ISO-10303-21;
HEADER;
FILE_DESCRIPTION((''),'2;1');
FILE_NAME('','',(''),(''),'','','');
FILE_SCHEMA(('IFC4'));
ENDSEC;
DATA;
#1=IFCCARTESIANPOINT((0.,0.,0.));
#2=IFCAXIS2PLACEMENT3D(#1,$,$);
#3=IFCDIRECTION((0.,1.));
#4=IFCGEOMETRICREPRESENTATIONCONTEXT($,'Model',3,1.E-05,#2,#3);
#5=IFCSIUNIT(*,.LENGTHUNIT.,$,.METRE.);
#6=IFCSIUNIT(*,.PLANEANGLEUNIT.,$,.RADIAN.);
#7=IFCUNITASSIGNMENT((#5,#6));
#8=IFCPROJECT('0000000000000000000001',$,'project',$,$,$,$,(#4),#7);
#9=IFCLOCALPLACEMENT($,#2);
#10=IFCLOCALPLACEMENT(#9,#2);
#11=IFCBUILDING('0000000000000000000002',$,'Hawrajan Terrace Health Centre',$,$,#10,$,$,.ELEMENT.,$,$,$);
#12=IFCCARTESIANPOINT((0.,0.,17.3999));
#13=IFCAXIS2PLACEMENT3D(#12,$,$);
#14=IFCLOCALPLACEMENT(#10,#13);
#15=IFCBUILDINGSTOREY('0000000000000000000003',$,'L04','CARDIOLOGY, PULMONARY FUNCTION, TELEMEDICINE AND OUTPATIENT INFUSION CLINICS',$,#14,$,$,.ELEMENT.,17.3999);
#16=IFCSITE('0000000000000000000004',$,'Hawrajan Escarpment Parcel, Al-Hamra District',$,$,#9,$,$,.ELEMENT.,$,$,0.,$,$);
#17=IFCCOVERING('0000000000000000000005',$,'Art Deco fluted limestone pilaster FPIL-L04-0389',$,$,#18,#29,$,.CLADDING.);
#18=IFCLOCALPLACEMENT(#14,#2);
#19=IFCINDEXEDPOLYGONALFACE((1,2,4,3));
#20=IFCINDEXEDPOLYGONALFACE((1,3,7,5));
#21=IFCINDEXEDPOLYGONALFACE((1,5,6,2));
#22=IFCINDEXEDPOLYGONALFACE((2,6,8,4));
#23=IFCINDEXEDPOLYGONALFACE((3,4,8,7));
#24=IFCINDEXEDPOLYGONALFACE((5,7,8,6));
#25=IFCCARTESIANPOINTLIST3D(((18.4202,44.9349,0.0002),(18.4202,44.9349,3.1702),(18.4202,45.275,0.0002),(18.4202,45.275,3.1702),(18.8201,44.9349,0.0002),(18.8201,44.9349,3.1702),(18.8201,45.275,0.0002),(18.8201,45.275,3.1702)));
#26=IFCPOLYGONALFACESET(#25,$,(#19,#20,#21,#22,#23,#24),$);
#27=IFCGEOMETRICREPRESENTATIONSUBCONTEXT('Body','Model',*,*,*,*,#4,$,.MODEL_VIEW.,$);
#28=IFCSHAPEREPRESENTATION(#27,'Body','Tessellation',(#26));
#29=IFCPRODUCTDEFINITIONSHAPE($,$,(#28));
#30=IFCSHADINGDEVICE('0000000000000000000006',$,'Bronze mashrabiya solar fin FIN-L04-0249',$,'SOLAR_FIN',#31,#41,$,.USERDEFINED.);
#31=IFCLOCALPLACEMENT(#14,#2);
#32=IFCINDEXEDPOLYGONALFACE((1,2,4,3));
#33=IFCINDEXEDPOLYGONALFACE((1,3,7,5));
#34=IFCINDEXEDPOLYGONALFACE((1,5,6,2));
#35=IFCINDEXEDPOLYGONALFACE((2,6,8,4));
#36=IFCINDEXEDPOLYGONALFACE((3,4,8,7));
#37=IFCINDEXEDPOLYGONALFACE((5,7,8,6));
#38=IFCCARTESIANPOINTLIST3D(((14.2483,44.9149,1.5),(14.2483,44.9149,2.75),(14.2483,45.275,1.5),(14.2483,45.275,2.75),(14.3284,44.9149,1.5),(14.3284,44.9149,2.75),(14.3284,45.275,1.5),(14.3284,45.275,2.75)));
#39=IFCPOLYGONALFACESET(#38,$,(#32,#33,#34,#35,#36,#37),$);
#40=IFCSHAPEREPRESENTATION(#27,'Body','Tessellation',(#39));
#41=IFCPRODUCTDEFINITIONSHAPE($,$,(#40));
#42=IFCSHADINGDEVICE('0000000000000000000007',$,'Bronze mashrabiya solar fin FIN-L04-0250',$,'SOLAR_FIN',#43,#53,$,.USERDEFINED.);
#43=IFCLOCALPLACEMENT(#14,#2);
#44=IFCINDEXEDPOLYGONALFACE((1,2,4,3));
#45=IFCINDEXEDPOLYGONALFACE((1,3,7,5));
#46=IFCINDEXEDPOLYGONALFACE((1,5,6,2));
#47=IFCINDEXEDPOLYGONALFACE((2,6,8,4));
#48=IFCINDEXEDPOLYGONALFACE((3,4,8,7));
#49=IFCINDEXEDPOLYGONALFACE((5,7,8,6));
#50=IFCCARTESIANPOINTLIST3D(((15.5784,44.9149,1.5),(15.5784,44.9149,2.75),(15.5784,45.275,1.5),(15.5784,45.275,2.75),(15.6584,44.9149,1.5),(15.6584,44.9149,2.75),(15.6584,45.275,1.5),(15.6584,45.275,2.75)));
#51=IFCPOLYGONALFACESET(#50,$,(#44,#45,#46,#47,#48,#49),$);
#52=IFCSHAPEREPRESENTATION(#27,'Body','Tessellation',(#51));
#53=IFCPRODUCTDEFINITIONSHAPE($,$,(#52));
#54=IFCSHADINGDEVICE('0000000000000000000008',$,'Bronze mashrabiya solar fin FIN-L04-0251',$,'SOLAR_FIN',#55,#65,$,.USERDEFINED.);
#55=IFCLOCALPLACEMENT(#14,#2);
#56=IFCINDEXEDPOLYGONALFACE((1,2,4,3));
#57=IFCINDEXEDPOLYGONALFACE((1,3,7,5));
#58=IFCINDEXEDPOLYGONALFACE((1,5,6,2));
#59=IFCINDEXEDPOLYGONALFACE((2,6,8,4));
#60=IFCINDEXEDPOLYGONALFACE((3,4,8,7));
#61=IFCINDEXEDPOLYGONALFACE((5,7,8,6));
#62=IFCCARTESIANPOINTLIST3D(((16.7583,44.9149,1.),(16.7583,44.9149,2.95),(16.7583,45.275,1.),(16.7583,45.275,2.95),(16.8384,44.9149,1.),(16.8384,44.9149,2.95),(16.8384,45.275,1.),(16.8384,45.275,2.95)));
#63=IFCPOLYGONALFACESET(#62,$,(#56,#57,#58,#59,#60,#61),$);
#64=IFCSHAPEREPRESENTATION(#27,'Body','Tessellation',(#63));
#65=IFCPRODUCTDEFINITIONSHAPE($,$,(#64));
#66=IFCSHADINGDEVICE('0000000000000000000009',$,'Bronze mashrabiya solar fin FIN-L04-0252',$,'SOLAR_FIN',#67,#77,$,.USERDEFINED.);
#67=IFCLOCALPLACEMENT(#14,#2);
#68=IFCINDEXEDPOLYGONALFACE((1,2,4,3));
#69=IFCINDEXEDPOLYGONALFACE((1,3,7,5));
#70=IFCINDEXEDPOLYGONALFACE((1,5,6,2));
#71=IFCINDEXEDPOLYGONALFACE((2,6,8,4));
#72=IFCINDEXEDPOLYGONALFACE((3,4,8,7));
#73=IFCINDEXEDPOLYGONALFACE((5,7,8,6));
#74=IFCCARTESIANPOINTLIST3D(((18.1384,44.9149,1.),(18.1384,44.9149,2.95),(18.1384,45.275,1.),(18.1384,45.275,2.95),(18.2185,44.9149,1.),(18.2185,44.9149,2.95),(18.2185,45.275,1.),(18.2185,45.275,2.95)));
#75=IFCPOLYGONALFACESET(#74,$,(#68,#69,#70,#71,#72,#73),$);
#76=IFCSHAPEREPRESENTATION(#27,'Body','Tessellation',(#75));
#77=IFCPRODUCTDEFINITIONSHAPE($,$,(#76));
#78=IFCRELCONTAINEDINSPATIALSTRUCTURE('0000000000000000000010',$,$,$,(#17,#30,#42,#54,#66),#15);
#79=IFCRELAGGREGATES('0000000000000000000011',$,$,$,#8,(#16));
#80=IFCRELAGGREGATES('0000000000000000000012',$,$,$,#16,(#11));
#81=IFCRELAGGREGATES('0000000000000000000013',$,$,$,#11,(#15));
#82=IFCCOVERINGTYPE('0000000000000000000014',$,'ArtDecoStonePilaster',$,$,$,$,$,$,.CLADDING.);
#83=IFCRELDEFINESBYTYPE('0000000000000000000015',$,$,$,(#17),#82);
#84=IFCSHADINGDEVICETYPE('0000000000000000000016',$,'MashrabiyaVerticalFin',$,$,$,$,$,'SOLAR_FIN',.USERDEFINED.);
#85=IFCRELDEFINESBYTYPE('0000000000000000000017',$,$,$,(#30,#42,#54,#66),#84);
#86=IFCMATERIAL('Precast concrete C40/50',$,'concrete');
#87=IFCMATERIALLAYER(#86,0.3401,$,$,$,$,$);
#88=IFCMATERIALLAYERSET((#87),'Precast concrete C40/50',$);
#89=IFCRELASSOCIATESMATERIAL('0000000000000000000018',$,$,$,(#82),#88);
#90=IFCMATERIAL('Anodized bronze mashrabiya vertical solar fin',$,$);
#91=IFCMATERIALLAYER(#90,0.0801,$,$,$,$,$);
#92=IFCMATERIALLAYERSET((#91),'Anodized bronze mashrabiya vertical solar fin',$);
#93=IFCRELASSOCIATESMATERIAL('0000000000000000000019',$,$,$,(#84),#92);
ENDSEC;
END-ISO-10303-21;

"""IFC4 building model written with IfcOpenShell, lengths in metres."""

from ifc_helpers import new_model, si_unit, direction, frame, origin, origin_2d, place, context, subcontext, project, spatial, rectangle, extrude, material, layer, layer_set, type_object, element, save


model = new_model("IFC4")

# Units and contexts
model_context = context("Model", 3, precision=1e-05, world=origin(), true_north=direction((0.0, 1.0)))
body_context = subcontext(model_context, "Body", "Model", "MODEL_VIEW")
ifc_project = project(units=[si_unit("LENGTHUNIT", "METRE"), si_unit("PLANEANGLEUNIT", "RADIAN")], contexts=[model_context])

# Site, building, storey
site_placement = place(None, origin())
site = spatial("IfcSite", under=ifc_project, at=site_placement, Name="Hawrajan Escarpment Parcel, Al-Hamra District", CompositionType="ELEMENT", RefElevation=0.0)
building_placement = place(site_placement, origin())
building = spatial("IfcBuilding", under=site, at=building_placement, Name="Hawrajan Terrace Health Centre", CompositionType="ELEMENT")
storey_placement = place(building_placement, frame((0.0, 0.0, 17.3999)))
storey = spatial("IfcBuildingStorey", under=building, at=storey_placement, Name="L04", Description="CARDIOLOGY, PULMONARY FUNCTION, TELEMEDICINE AND OUTPATIENT INFUSION CLINICS", CompositionType="ELEMENT", Elevation=17.3999)

# Shared definitions
ifc_material_1 = material(Name="Precast concrete C40/50", Category="concrete")

# Covering
ifc_layer_1 = layer(ifc_material_1, 0.3401)
ifc_layer_set_1 = layer_set([ifc_layer_1], Name="Precast concrete C40/50")
covering_type_1 = type_object("IfcCoveringType", Name="ArtDecoStonePilaster", PredefinedType="CLADDING", material=ifc_layer_set_1)
for number, where, z_axis, x_axis, name in (
    (1, (18.6201, 45.105, 0.0002), (0.0, 0.0, 1.0), (1.0, 0.0, 0.0), "Art Deco fluted limestone pilaster FPIL-L04-0389"),
):
    element("IfcCovering", number, at=place(storey_placement, frame(where, z_axis=z_axis, x_axis=x_axis)), inside=storey, type_object=covering_type_1, Name=name, PredefinedType="CLADDING", context=body_context, shape_type="SweptSolid", body=[
        extrude(rectangle(XDim=0.3999, YDim=0.3401, at=origin_2d()), origin(), (0.0, 0.0, 1.0), 3.1699),
    ])

# Shading devices
ifc_material_2 = material(Name="Anodized bronze mashrabiya vertical solar fin")
ifc_layer_2 = layer(ifc_material_2, 0.0801)
ifc_layer_set_2 = layer_set([ifc_layer_2], Name="Anodized bronze mashrabiya vertical solar fin")
shading_device_type = type_object("IfcShadingDeviceType", Name="MashrabiyaVerticalFin", ElementType="SOLAR_FIN", PredefinedType="USERDEFINED", material=ifc_layer_set_2)
for number, where, z_axis, x_axis, name in (
    (2, (14.2883, 45.095, 1.5), (0.0, 0.0, 1.0), (1.0, 0.0, 0.0), "Bronze mashrabiya solar fin FIN-L04-0249"),
    (3, (15.6184, 45.095, 1.5), (0.0, 0.0, 1.0), (1.0, 0.0, 0.0), "Bronze mashrabiya solar fin FIN-L04-0250"),
):
    element("IfcShadingDevice", number, at=place(storey_placement, frame(where, z_axis=z_axis, x_axis=x_axis)), inside=storey, type_object=shading_device_type, Name=name, ObjectType="SOLAR_FIN", PredefinedType="USERDEFINED", context=body_context, shape_type="SweptSolid", body=[
        extrude(rectangle(XDim=0.0801, YDim=0.3601, at=origin_2d()), origin(), (0.0, 0.0, 1.0), 1.25),
    ])
for number, where, z_axis, x_axis, name in (
    (4, (16.7983, 45.095, 1.0), (0.0, 0.0, 1.0), (1.0, 0.0, 0.0), "Bronze mashrabiya solar fin FIN-L04-0251"),
    (5, (18.1785, 45.095, 1.0), (0.0, 0.0, 1.0), (1.0, 0.0, 0.0), "Bronze mashrabiya solar fin FIN-L04-0252"),
):
    element("IfcShadingDevice", number, at=place(storey_placement, frame(where, z_axis=z_axis, x_axis=x_axis)), inside=storey, type_object=shading_device_type, Name=name, ObjectType="SOLAR_FIN", PredefinedType="USERDEFINED", context=body_context, shape_type="SweptSolid", body=[
        extrude(rectangle(XDim=0.0801, YDim=0.3601, at=origin_2d()), origin(), (0.0, 0.0, 1.0), 1.95),
    ])

save(model, "model.ifc")
